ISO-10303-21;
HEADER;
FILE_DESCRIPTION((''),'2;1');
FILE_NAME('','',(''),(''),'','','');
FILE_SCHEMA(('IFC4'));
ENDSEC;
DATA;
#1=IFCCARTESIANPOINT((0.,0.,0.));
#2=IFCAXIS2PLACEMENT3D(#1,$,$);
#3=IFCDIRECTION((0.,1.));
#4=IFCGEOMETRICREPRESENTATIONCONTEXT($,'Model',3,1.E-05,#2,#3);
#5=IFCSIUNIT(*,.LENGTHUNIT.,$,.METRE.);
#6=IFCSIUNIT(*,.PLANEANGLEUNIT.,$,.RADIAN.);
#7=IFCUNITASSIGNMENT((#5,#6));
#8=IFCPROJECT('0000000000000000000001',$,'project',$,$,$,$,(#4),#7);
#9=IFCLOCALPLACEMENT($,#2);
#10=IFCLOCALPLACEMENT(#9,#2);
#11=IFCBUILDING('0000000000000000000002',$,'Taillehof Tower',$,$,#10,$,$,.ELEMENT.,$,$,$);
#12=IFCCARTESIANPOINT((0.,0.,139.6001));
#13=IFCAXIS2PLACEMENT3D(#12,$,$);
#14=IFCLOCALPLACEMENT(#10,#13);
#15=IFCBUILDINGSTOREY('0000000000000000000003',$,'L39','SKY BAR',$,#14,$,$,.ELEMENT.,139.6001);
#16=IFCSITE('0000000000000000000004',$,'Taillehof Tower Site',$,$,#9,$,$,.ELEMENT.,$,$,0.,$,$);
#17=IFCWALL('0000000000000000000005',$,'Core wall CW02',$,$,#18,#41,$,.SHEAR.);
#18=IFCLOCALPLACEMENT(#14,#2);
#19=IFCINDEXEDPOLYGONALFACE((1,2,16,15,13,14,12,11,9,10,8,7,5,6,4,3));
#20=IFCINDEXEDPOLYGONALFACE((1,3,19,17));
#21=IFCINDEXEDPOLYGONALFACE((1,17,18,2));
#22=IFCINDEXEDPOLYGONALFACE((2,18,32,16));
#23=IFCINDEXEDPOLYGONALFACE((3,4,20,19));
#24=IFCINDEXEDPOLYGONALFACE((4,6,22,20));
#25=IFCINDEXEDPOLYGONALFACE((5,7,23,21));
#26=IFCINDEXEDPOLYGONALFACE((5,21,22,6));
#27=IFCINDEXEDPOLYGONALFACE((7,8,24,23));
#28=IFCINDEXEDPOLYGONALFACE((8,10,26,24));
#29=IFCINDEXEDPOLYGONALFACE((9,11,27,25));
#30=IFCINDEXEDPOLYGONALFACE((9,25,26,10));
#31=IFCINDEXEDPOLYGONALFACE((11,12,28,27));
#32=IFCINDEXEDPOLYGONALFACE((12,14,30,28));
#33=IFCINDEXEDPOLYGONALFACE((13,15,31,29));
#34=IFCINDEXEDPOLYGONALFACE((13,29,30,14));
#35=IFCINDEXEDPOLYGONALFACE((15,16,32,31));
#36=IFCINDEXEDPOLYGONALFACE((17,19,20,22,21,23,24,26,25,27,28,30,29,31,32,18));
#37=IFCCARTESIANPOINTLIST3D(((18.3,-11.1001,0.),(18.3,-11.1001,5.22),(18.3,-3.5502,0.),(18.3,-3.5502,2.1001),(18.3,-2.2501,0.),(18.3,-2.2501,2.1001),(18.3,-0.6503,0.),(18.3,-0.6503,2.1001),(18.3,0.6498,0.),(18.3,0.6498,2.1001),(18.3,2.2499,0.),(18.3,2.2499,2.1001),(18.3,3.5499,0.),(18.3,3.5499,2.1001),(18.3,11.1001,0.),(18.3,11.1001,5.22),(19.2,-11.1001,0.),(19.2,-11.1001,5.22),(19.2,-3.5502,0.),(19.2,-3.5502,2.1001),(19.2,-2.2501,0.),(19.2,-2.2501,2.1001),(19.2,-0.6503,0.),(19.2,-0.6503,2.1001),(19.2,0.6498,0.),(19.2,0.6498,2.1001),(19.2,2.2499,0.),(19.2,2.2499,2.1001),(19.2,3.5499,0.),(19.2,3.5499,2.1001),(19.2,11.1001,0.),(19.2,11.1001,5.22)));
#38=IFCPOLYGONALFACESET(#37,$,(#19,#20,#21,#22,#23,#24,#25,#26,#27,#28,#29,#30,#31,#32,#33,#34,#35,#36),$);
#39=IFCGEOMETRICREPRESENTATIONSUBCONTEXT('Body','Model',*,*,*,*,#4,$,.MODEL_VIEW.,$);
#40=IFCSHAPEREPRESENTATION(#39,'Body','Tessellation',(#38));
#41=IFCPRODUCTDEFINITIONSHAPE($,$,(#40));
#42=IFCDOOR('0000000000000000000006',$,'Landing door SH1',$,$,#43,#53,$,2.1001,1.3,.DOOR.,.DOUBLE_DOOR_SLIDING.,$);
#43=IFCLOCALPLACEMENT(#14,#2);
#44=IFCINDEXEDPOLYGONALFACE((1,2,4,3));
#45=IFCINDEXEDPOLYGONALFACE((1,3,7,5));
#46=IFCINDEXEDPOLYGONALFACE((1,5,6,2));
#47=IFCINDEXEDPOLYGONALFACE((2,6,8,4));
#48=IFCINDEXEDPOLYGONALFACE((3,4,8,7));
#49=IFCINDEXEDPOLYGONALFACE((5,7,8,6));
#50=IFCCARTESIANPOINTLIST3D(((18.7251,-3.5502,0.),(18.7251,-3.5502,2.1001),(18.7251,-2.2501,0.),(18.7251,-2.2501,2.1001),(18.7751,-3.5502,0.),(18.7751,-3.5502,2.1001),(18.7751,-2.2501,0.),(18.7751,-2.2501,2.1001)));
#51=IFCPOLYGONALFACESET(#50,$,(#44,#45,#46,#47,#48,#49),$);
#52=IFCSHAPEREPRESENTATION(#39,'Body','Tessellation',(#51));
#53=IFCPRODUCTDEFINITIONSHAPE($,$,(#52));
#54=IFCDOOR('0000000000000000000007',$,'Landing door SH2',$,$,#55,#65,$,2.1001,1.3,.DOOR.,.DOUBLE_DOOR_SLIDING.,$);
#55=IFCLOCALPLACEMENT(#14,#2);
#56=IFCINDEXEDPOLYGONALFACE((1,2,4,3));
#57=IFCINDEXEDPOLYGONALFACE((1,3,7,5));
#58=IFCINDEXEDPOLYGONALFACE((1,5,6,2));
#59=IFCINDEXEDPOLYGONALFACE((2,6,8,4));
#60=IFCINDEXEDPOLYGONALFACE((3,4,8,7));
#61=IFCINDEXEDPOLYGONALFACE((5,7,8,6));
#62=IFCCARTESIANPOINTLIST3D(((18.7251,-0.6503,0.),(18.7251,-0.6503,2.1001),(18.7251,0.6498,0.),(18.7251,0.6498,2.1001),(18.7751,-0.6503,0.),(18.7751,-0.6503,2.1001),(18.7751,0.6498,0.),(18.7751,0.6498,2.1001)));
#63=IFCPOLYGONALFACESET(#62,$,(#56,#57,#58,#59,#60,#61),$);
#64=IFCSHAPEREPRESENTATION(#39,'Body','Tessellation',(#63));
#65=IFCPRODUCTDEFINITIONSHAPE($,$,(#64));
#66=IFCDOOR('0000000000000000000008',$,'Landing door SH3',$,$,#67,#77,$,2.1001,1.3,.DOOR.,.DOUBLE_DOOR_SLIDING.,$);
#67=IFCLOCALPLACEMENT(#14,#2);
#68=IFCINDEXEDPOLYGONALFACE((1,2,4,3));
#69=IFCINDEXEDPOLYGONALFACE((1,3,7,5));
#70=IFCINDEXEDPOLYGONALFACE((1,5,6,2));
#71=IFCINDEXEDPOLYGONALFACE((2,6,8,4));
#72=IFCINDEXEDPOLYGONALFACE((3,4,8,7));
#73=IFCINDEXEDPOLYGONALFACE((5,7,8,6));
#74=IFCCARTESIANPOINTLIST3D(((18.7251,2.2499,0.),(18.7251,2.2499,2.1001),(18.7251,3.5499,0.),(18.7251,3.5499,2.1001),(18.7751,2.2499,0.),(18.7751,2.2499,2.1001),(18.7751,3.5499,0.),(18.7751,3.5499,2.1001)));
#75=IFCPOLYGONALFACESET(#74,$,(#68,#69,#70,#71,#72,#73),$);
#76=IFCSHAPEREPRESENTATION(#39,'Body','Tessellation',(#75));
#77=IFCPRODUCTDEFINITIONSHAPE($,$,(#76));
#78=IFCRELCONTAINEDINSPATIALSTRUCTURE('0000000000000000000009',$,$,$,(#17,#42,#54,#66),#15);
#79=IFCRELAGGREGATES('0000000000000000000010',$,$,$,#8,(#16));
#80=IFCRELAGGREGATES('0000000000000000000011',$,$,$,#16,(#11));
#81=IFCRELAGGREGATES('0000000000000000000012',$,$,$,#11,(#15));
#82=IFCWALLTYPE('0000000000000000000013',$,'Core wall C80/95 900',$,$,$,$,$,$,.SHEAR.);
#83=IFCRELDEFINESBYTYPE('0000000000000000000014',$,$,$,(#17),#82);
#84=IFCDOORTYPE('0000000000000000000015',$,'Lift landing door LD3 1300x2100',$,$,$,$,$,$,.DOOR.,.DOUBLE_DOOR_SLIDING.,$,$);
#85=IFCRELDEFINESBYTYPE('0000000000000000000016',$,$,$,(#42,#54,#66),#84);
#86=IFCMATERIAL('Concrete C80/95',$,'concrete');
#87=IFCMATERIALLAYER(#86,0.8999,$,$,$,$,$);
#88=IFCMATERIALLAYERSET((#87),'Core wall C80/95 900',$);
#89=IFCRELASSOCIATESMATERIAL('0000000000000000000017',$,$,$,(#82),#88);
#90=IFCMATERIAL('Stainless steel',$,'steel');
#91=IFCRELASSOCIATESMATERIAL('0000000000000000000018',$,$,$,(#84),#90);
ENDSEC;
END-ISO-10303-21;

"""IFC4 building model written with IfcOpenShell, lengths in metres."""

from ifc_helpers import new_model, si_unit, direction, frame, frame_2d, origin, place, context, subcontext, project, spatial, rectangle, extrude, material, layer, layer_set, type_object, element, fill, save


model = new_model("IFC4")

# Units and contexts
model_context = context("Model", 3, precision=1e-05, world=origin(), true_north=direction((0.0, 1.0)))
body_context = subcontext(model_context, "Body", "Model", "MODEL_VIEW")
ifc_project = project(units=[si_unit("LENGTHUNIT", "METRE"), si_unit("PLANEANGLEUNIT", "RADIAN")], contexts=[model_context])

# Site, building, storey
site_placement = place(None, origin())
site = spatial("IfcSite", under=ifc_project, at=site_placement, Name="Taillehof Tower Site", CompositionType="ELEMENT", RefElevation=0.0)
building_placement = place(site_placement, origin())
building = spatial("IfcBuilding", under=site, at=building_placement, Name="Taillehof Tower", CompositionType="ELEMENT")
storey_placement = place(building_placement, frame((0.0, 0.0, 139.6001)))
storey = spatial("IfcBuildingStorey", under=building, at=storey_placement, Name="L39", Description="SKY BAR", CompositionType="ELEMENT", Elevation=139.6001)

# Wall, openings, doors
ifc_material_1 = material(Name="Concrete C80/95", Category="concrete")
ifc_layer_1 = layer(ifc_material_1, 0.8999)
ifc_layer_set_1 = layer_set([ifc_layer_1], Name="Core wall C80/95 900")
wall_type_1 = type_object("IfcWallType", Name="Core wall C80/95 900", PredefinedType="SHEAR", material=ifc_layer_set_1)
wall_1_placement = place(storey_placement, frame((18.75, -11.1001, 0.0), z_axis=(0.0, 0.0, 1.0), x_axis=(0.0, 1.0, 0.0)))
wall_1 = element("IfcWall", 1, at=wall_1_placement, inside=storey, type_object=wall_type_1, Name="Core wall CW02", PredefinedType="SHEAR", context=body_context, shape_type="SweptSolid", body=[
    extrude(rectangle(XDim=22.2002, YDim=0.8999, at=frame_2d((11.1001, 0.0))), origin(), (0.0, 0.0, 1.0), 5.22),
])
opening_1_placement = place(wall_1_placement, frame((7.55, 0.0, 0.0)))
opening_1 = element("IfcOpeningElement", 2, at=opening_1_placement, cuts=wall_1, PredefinedType="OPENING", context=body_context, shape_type="SweptSolid", body=[
    extrude(rectangle(XDim=1.3, YDim=2.1001, at=frame_2d((0.6499, 1.05))), frame((0.0, 0.46, 0.0), z_axis=(0.0, -1.0, 0.0), x_axis=(1.0, 0.0, 0.0)), (0.0, 0.0, 1.0), 0.9199),
])
opening_2_placement = place(wall_1_placement, frame((10.45, 0.0, 0.0)))
opening_2 = element("IfcOpeningElement", 3, at=opening_2_placement, cuts=wall_1, PredefinedType="OPENING", context=body_context, shape_type="SweptSolid", body=[
    extrude(rectangle(XDim=1.3, YDim=2.1001, at=frame_2d((0.6499, 1.05))), frame((0.0, 0.46, 0.0), z_axis=(0.0, -1.0, 0.0), x_axis=(1.0, 0.0, 0.0)), (0.0, 0.0, 1.0), 0.9199),
])
opening_3_placement = place(wall_1_placement, frame((13.3501, 0.0, 0.0)))
opening_3 = element("IfcOpeningElement", 4, at=opening_3_placement, cuts=wall_1, PredefinedType="OPENING", context=body_context, shape_type="SweptSolid", body=[
    extrude(rectangle(XDim=1.3, YDim=2.1001, at=frame_2d((0.6499, 1.05))), frame((0.0, 0.46, 0.0), z_axis=(0.0, -1.0, 0.0), x_axis=(1.0, 0.0, 0.0)), (0.0, 0.0, 1.0), 0.9199),
])
ifc_material_2 = material(Name="Stainless steel", Category="steel")
door_type_1 = type_object("IfcDoorType", Name="Lift landing door LD3 1300x2100", OperationType="DOUBLE_DOOR_SLIDING", PredefinedType="DOOR", material=ifc_material_2)
door_1_placement = place(opening_1_placement, origin())
door_1 = element("IfcDoor", 5, at=door_1_placement, inside=storey, type_object=door_type_1, Name="Landing door SH1", OperationType="DOUBLE_DOOR_SLIDING", OverallHeight=2.1001, OverallWidth=1.3, PredefinedType="DOOR", context=body_context, shape_type="SweptSolid", body=[
    extrude(rectangle(XDim=1.3, YDim=2.1001, at=frame_2d((0.6499, 1.05))), frame((0.0, 0.0249, 0.0), z_axis=(0.0, -1.0, 0.0), x_axis=(1.0, 0.0, 0.0)), (0.0, 0.0, 1.0), 0.05),
])
fill(opening_1, door_1)
door_2_placement = place(opening_2_placement, origin())
door_2 = element("IfcDoor", 6, at=door_2_placement, inside=storey, type_object=door_type_1, Name="Landing door SH2", OperationType="DOUBLE_DOOR_SLIDING", OverallHeight=2.1001, OverallWidth=1.3, PredefinedType="DOOR", context=body_context, shape_type="SweptSolid", body=[
    extrude(rectangle(XDim=1.3, YDim=2.1001, at=frame_2d((0.6499, 1.05))), frame((0.0, 0.0249, 0.0), z_axis=(0.0, -1.0, 0.0), x_axis=(1.0, 0.0, 0.0)), (0.0, 0.0, 1.0), 0.05),
])
fill(opening_2, door_2)
door_3_placement = place(opening_3_placement, origin())
door_3 = element("IfcDoor", 7, at=door_3_placement, inside=storey, type_object=door_type_1, Name="Landing door SH3", OperationType="DOUBLE_DOOR_SLIDING", OverallHeight=2.1001, OverallWidth=1.3, PredefinedType="DOOR", context=body_context, shape_type="SweptSolid", body=[
    extrude(rectangle(XDim=1.3, YDim=2.1001, at=frame_2d((0.6499, 1.05))), frame((0.0, 0.0249, 0.0), z_axis=(0.0, -1.0, 0.0), x_axis=(1.0, 0.0, 0.0)), (0.0, 0.0, 1.0), 0.05),
])
fill(opening_3, door_3)

save(model, "model.ifc")
